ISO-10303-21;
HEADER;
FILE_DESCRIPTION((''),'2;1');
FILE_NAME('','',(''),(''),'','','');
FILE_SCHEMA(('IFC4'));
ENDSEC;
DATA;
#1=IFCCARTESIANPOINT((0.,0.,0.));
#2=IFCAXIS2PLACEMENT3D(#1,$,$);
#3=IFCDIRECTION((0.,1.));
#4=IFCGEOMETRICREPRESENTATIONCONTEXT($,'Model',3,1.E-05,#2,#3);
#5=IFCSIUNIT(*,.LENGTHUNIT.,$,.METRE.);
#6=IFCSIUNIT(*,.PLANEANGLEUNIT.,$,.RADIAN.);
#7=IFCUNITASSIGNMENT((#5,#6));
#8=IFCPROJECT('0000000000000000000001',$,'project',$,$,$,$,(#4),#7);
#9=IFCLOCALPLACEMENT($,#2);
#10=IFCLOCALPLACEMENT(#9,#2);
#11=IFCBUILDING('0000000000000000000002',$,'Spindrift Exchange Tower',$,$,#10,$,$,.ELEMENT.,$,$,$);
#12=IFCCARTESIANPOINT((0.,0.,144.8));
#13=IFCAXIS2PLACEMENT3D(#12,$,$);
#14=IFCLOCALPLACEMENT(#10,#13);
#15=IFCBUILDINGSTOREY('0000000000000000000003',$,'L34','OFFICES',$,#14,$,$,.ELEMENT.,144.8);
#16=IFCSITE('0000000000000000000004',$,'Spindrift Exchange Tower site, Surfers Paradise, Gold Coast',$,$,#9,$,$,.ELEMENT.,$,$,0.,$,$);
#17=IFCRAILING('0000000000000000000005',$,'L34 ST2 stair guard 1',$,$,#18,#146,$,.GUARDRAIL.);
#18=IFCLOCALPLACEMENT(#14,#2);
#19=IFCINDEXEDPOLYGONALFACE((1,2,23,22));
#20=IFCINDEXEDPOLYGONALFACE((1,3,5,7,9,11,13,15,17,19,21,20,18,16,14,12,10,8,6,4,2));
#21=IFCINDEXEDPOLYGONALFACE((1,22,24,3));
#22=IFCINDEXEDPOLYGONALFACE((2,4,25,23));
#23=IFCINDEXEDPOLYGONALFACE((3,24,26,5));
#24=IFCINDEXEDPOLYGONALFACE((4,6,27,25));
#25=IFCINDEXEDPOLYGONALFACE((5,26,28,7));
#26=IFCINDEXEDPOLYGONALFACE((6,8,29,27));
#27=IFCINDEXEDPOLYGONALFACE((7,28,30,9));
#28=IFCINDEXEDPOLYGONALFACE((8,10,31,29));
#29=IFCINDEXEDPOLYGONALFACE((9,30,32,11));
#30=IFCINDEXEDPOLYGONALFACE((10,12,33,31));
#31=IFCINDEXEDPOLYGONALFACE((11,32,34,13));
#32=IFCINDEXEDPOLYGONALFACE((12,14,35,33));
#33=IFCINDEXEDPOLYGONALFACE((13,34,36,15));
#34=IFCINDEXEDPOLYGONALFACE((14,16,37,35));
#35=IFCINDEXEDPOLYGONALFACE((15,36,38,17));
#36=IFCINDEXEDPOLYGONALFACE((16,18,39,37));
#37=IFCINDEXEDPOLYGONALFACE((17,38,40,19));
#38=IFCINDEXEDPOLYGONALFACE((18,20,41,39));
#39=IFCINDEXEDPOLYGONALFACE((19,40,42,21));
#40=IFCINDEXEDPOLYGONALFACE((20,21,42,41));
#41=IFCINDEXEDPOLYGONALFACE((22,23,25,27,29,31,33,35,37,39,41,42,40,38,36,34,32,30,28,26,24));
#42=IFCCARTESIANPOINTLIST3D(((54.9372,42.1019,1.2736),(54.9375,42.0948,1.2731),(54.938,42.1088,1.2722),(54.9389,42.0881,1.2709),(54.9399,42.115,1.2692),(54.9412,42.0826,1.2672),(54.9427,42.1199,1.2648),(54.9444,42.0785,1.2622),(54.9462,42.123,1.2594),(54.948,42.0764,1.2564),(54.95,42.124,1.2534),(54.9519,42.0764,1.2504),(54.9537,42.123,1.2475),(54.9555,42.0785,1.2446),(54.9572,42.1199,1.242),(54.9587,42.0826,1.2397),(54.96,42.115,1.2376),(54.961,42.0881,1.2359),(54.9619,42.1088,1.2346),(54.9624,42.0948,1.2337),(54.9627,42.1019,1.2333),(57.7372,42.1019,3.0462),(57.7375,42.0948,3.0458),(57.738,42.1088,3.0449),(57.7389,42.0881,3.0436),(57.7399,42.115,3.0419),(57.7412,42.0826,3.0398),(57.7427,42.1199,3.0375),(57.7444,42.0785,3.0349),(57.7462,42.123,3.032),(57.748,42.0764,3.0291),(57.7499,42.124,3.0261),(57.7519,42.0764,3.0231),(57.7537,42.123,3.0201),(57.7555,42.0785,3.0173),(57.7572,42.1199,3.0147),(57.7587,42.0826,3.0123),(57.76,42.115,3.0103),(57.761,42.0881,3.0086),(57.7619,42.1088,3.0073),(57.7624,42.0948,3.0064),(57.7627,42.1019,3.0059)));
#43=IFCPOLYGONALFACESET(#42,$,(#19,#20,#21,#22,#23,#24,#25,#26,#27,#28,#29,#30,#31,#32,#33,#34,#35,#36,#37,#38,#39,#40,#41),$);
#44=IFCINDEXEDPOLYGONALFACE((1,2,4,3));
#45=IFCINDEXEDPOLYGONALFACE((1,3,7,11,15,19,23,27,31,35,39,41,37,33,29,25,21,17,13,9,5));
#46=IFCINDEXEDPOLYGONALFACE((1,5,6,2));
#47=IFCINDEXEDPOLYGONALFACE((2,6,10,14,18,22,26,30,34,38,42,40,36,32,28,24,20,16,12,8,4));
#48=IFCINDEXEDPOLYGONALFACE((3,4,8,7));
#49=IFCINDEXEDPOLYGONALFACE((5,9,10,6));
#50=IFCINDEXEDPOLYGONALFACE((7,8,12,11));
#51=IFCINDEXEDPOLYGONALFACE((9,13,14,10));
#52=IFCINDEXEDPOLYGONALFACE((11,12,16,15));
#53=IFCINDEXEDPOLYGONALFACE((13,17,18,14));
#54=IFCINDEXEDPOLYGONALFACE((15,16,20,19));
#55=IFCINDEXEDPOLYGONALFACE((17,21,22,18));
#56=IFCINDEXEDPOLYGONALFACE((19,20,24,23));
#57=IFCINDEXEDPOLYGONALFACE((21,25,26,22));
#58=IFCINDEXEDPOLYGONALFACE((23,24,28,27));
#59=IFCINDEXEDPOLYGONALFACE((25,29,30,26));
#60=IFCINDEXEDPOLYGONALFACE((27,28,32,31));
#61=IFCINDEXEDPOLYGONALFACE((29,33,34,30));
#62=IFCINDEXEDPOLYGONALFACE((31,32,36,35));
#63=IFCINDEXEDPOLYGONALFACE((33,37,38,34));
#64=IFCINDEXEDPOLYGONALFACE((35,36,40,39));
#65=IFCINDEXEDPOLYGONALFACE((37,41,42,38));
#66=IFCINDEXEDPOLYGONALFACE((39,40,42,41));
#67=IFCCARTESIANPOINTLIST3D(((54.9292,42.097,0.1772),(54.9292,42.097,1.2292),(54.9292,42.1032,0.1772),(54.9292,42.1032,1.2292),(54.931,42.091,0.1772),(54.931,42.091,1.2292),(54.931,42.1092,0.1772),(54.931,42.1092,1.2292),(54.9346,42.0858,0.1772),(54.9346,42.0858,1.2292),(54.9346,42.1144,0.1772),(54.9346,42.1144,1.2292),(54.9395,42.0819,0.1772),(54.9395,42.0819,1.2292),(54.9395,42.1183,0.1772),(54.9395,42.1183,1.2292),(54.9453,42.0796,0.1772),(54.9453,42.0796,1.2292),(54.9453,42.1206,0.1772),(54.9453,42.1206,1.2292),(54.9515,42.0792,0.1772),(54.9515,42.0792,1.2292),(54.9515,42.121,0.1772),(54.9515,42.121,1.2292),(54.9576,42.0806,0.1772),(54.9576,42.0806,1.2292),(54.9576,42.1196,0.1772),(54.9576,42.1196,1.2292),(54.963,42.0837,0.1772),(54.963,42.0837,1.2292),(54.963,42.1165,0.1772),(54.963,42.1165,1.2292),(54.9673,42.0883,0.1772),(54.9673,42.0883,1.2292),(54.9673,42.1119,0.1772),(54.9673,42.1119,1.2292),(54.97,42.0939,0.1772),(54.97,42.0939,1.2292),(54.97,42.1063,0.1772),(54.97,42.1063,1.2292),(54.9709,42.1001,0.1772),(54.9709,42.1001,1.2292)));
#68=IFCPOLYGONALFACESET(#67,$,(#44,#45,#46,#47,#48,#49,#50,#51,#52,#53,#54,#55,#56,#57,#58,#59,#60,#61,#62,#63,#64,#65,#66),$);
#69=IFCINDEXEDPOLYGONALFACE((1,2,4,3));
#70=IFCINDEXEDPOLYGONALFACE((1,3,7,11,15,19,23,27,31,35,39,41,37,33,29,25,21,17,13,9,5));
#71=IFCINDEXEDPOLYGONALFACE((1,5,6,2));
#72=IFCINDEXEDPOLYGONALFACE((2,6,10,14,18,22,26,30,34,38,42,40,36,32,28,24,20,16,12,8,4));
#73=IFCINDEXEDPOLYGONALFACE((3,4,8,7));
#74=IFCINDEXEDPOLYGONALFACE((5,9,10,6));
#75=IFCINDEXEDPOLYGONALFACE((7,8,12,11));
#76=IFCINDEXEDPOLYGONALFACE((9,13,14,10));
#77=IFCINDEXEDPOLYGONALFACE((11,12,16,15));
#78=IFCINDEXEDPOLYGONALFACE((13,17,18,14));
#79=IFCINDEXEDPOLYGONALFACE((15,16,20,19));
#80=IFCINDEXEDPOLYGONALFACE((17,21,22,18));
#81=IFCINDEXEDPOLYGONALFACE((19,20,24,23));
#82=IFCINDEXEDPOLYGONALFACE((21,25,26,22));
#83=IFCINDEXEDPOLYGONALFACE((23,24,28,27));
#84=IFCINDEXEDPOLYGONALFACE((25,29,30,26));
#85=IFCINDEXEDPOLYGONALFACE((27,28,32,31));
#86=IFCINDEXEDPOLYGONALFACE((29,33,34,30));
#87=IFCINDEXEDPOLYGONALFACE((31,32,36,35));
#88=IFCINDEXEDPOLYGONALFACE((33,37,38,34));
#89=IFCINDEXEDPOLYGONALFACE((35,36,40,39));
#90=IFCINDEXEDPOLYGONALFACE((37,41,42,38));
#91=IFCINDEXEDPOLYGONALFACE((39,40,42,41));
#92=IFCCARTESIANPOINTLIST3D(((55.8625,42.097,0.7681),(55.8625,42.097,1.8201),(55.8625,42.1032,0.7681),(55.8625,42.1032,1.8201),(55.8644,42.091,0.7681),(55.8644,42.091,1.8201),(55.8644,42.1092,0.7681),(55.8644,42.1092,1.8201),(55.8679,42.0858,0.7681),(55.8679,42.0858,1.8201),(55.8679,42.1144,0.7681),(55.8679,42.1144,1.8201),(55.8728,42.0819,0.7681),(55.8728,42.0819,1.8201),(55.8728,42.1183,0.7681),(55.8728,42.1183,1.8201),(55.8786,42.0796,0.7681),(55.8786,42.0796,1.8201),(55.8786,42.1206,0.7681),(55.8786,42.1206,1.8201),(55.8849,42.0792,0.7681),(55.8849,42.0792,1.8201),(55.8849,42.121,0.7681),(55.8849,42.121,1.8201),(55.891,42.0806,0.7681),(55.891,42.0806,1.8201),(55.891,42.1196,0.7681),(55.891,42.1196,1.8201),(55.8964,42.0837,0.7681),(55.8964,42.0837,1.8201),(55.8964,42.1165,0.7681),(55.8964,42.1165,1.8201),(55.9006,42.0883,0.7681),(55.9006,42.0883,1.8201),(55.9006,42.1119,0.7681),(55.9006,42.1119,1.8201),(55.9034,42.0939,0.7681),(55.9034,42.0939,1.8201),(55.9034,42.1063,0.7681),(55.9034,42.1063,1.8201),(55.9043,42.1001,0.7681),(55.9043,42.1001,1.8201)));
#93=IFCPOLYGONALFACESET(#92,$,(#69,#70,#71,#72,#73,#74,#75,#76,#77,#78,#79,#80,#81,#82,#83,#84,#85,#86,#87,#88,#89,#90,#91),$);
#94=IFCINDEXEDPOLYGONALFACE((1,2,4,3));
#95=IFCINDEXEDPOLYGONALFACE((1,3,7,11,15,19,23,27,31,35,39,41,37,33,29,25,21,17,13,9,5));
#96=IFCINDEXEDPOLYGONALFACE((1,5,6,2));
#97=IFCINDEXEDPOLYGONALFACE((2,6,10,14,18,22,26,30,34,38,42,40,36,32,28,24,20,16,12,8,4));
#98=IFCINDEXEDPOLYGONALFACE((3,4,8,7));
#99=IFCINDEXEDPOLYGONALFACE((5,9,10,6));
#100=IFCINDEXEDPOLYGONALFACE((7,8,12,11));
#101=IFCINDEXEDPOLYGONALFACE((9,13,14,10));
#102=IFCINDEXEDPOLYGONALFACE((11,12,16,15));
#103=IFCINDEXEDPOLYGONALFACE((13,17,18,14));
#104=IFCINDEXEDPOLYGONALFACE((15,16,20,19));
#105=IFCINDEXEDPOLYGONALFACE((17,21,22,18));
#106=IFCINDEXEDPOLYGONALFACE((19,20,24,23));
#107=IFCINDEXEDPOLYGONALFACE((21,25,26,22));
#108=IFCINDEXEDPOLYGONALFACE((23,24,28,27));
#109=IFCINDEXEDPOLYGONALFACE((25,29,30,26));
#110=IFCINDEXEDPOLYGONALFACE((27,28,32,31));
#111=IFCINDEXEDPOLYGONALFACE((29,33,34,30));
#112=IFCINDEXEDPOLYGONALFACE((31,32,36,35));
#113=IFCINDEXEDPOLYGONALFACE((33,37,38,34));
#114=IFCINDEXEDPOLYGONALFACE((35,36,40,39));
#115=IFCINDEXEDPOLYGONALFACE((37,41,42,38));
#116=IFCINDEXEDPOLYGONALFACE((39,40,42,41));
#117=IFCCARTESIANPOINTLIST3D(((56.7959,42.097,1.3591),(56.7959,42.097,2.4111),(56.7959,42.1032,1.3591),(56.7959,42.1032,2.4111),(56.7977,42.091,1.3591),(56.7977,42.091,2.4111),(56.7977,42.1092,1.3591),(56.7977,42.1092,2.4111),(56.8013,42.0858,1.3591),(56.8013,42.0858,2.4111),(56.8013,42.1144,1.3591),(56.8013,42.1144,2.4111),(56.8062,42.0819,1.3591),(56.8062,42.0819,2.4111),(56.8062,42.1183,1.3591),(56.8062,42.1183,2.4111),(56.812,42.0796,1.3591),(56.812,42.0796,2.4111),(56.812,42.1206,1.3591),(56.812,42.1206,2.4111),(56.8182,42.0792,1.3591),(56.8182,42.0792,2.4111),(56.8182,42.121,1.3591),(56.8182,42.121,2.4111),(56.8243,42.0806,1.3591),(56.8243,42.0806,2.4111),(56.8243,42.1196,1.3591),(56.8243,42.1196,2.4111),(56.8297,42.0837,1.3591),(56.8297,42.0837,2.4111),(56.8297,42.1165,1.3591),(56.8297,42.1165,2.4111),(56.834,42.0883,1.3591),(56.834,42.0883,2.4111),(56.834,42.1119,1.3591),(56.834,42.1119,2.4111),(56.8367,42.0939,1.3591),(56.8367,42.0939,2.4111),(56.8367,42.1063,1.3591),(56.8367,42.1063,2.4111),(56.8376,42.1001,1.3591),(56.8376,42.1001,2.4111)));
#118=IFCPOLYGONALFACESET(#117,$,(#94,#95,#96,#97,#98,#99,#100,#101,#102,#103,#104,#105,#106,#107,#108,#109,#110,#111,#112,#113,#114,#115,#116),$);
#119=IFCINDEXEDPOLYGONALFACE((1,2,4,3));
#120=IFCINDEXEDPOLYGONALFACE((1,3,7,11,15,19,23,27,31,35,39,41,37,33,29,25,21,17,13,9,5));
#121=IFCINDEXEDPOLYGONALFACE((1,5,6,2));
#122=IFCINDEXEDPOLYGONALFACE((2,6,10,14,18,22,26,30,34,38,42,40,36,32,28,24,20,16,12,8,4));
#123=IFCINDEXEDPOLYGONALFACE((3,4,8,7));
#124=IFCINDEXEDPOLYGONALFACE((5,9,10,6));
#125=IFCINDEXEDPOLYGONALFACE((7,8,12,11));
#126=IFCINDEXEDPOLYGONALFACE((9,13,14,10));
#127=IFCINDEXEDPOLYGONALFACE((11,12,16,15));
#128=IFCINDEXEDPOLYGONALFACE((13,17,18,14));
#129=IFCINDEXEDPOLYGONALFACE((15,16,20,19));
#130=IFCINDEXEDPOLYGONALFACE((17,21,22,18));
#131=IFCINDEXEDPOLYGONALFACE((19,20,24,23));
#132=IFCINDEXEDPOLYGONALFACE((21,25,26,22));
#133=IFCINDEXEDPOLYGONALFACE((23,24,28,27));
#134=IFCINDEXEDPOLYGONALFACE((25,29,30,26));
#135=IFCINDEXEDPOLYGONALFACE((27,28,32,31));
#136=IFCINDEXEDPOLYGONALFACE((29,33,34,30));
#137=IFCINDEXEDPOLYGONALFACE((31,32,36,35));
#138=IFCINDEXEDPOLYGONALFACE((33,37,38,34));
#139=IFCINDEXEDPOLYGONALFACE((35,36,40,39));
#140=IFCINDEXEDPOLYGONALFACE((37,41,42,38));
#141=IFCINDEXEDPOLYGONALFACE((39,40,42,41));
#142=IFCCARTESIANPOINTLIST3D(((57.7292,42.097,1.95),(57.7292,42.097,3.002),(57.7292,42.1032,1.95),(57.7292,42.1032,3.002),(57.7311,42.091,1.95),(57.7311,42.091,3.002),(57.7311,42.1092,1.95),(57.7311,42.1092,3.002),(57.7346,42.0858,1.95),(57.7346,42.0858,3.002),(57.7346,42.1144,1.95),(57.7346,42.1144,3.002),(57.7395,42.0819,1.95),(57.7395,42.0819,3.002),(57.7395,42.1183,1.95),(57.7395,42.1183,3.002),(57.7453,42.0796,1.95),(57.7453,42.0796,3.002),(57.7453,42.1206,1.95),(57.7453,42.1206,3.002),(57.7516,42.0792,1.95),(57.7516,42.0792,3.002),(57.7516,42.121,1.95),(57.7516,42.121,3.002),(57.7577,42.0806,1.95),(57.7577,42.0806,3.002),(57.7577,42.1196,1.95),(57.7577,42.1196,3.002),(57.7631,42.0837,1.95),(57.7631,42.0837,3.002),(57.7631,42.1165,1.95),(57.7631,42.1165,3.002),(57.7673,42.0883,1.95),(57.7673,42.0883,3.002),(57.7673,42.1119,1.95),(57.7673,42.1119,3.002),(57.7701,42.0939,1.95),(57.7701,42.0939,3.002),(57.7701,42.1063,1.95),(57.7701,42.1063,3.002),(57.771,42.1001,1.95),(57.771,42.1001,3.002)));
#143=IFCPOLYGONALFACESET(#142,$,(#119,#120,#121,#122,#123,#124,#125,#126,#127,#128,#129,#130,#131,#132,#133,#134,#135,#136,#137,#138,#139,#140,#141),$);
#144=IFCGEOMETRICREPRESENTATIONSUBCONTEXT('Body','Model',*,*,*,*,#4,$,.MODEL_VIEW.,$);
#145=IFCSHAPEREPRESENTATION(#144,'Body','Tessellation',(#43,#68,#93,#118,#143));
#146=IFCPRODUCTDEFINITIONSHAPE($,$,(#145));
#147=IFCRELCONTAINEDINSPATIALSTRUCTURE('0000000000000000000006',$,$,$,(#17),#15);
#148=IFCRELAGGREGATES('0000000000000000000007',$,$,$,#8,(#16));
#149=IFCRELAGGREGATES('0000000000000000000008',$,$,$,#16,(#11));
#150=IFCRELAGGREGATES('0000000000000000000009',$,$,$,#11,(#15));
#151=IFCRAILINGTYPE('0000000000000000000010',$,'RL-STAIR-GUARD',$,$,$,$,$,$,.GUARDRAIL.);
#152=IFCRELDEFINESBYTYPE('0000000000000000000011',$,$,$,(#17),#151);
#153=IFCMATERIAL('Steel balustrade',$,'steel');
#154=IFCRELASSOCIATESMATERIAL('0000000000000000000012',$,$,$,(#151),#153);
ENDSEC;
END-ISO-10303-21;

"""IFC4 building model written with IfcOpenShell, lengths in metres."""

from ifc_helpers import new_model, si_unit, direction, frame, origin, origin_2d, place, context, subcontext, project, spatial, circle, extrude, material, type_object, element, save


model = new_model("IFC4")

# Units and contexts
model_context = context("Model", 3, precision=1e-05, world=origin(), true_north=direction((0.0, 1.0)))
body_context = subcontext(model_context, "Body", "Model", "MODEL_VIEW")
ifc_project = project(units=[si_unit("LENGTHUNIT", "METRE"), si_unit("PLANEANGLEUNIT", "RADIAN")], contexts=[model_context])

# Site, building, storey
site_placement = place(None, origin())
site = spatial("IfcSite", under=ifc_project, at=site_placement, Name="Spindrift Exchange Tower site, Surfers Paradise, Gold Coast", CompositionType="ELEMENT", RefElevation=0.0)
building_placement = place(site_placement, origin())
building = spatial("IfcBuilding", under=site, at=building_placement, Name="Spindrift Exchange Tower", CompositionType="ELEMENT")
storey_placement = place(building_placement, frame((0.0, 0.0, 144.8)))
storey = spatial("IfcBuildingStorey", under=building, at=storey_placement, Name="L34", Description="OFFICES", CompositionType="ELEMENT", Elevation=144.8)

# Railing
ifc_material_1 = material(Name="Steel balustrade", Category="steel")
railing_type_1 = type_object("IfcRailingType", Name="RL-STAIR-GUARD", PredefinedType="GUARDRAIL", material=ifc_material_1)
railing_1_placement = place(storey_placement, frame((54.95, 42.1001, 0.1772)))
element("IfcRailing", 1, at=railing_1_placement, inside=storey, type_object=railing_type_1, Name="L34 ST2 stair guard 1", PredefinedType="GUARDRAIL", context=body_context, shape_type="SweptSolid", body=[
    extrude(circle(Radius=0.0239, at=origin_2d()), frame((0.0, 0.0, 1.0762), z_axis=(0.844909, 0.0, 0.53491), x_axis=(0.0, 1.0, 0.0)), (0.0, 0.0, 1.0), 3.314),
    extrude(circle(Radius=0.021, at=origin_2d()), origin(), (0.0, 0.0, 1.0), 1.052),
    extrude(circle(Radius=0.021, at=origin_2d()), frame((0.9333, 0.0, 0.5908)), (0.0, 0.0, 1.0), 1.052),
    extrude(circle(Radius=0.021, at=origin_2d()), frame((1.8667, 0.0, 1.1819)), (0.0, 0.0, 1.0), 1.052),
    extrude(circle(Radius=0.021, at=origin_2d()), frame((2.8, 0.0, 1.7727)), (0.0, 0.0, 1.0), 1.052),
])

save(model, "model.ifc")
